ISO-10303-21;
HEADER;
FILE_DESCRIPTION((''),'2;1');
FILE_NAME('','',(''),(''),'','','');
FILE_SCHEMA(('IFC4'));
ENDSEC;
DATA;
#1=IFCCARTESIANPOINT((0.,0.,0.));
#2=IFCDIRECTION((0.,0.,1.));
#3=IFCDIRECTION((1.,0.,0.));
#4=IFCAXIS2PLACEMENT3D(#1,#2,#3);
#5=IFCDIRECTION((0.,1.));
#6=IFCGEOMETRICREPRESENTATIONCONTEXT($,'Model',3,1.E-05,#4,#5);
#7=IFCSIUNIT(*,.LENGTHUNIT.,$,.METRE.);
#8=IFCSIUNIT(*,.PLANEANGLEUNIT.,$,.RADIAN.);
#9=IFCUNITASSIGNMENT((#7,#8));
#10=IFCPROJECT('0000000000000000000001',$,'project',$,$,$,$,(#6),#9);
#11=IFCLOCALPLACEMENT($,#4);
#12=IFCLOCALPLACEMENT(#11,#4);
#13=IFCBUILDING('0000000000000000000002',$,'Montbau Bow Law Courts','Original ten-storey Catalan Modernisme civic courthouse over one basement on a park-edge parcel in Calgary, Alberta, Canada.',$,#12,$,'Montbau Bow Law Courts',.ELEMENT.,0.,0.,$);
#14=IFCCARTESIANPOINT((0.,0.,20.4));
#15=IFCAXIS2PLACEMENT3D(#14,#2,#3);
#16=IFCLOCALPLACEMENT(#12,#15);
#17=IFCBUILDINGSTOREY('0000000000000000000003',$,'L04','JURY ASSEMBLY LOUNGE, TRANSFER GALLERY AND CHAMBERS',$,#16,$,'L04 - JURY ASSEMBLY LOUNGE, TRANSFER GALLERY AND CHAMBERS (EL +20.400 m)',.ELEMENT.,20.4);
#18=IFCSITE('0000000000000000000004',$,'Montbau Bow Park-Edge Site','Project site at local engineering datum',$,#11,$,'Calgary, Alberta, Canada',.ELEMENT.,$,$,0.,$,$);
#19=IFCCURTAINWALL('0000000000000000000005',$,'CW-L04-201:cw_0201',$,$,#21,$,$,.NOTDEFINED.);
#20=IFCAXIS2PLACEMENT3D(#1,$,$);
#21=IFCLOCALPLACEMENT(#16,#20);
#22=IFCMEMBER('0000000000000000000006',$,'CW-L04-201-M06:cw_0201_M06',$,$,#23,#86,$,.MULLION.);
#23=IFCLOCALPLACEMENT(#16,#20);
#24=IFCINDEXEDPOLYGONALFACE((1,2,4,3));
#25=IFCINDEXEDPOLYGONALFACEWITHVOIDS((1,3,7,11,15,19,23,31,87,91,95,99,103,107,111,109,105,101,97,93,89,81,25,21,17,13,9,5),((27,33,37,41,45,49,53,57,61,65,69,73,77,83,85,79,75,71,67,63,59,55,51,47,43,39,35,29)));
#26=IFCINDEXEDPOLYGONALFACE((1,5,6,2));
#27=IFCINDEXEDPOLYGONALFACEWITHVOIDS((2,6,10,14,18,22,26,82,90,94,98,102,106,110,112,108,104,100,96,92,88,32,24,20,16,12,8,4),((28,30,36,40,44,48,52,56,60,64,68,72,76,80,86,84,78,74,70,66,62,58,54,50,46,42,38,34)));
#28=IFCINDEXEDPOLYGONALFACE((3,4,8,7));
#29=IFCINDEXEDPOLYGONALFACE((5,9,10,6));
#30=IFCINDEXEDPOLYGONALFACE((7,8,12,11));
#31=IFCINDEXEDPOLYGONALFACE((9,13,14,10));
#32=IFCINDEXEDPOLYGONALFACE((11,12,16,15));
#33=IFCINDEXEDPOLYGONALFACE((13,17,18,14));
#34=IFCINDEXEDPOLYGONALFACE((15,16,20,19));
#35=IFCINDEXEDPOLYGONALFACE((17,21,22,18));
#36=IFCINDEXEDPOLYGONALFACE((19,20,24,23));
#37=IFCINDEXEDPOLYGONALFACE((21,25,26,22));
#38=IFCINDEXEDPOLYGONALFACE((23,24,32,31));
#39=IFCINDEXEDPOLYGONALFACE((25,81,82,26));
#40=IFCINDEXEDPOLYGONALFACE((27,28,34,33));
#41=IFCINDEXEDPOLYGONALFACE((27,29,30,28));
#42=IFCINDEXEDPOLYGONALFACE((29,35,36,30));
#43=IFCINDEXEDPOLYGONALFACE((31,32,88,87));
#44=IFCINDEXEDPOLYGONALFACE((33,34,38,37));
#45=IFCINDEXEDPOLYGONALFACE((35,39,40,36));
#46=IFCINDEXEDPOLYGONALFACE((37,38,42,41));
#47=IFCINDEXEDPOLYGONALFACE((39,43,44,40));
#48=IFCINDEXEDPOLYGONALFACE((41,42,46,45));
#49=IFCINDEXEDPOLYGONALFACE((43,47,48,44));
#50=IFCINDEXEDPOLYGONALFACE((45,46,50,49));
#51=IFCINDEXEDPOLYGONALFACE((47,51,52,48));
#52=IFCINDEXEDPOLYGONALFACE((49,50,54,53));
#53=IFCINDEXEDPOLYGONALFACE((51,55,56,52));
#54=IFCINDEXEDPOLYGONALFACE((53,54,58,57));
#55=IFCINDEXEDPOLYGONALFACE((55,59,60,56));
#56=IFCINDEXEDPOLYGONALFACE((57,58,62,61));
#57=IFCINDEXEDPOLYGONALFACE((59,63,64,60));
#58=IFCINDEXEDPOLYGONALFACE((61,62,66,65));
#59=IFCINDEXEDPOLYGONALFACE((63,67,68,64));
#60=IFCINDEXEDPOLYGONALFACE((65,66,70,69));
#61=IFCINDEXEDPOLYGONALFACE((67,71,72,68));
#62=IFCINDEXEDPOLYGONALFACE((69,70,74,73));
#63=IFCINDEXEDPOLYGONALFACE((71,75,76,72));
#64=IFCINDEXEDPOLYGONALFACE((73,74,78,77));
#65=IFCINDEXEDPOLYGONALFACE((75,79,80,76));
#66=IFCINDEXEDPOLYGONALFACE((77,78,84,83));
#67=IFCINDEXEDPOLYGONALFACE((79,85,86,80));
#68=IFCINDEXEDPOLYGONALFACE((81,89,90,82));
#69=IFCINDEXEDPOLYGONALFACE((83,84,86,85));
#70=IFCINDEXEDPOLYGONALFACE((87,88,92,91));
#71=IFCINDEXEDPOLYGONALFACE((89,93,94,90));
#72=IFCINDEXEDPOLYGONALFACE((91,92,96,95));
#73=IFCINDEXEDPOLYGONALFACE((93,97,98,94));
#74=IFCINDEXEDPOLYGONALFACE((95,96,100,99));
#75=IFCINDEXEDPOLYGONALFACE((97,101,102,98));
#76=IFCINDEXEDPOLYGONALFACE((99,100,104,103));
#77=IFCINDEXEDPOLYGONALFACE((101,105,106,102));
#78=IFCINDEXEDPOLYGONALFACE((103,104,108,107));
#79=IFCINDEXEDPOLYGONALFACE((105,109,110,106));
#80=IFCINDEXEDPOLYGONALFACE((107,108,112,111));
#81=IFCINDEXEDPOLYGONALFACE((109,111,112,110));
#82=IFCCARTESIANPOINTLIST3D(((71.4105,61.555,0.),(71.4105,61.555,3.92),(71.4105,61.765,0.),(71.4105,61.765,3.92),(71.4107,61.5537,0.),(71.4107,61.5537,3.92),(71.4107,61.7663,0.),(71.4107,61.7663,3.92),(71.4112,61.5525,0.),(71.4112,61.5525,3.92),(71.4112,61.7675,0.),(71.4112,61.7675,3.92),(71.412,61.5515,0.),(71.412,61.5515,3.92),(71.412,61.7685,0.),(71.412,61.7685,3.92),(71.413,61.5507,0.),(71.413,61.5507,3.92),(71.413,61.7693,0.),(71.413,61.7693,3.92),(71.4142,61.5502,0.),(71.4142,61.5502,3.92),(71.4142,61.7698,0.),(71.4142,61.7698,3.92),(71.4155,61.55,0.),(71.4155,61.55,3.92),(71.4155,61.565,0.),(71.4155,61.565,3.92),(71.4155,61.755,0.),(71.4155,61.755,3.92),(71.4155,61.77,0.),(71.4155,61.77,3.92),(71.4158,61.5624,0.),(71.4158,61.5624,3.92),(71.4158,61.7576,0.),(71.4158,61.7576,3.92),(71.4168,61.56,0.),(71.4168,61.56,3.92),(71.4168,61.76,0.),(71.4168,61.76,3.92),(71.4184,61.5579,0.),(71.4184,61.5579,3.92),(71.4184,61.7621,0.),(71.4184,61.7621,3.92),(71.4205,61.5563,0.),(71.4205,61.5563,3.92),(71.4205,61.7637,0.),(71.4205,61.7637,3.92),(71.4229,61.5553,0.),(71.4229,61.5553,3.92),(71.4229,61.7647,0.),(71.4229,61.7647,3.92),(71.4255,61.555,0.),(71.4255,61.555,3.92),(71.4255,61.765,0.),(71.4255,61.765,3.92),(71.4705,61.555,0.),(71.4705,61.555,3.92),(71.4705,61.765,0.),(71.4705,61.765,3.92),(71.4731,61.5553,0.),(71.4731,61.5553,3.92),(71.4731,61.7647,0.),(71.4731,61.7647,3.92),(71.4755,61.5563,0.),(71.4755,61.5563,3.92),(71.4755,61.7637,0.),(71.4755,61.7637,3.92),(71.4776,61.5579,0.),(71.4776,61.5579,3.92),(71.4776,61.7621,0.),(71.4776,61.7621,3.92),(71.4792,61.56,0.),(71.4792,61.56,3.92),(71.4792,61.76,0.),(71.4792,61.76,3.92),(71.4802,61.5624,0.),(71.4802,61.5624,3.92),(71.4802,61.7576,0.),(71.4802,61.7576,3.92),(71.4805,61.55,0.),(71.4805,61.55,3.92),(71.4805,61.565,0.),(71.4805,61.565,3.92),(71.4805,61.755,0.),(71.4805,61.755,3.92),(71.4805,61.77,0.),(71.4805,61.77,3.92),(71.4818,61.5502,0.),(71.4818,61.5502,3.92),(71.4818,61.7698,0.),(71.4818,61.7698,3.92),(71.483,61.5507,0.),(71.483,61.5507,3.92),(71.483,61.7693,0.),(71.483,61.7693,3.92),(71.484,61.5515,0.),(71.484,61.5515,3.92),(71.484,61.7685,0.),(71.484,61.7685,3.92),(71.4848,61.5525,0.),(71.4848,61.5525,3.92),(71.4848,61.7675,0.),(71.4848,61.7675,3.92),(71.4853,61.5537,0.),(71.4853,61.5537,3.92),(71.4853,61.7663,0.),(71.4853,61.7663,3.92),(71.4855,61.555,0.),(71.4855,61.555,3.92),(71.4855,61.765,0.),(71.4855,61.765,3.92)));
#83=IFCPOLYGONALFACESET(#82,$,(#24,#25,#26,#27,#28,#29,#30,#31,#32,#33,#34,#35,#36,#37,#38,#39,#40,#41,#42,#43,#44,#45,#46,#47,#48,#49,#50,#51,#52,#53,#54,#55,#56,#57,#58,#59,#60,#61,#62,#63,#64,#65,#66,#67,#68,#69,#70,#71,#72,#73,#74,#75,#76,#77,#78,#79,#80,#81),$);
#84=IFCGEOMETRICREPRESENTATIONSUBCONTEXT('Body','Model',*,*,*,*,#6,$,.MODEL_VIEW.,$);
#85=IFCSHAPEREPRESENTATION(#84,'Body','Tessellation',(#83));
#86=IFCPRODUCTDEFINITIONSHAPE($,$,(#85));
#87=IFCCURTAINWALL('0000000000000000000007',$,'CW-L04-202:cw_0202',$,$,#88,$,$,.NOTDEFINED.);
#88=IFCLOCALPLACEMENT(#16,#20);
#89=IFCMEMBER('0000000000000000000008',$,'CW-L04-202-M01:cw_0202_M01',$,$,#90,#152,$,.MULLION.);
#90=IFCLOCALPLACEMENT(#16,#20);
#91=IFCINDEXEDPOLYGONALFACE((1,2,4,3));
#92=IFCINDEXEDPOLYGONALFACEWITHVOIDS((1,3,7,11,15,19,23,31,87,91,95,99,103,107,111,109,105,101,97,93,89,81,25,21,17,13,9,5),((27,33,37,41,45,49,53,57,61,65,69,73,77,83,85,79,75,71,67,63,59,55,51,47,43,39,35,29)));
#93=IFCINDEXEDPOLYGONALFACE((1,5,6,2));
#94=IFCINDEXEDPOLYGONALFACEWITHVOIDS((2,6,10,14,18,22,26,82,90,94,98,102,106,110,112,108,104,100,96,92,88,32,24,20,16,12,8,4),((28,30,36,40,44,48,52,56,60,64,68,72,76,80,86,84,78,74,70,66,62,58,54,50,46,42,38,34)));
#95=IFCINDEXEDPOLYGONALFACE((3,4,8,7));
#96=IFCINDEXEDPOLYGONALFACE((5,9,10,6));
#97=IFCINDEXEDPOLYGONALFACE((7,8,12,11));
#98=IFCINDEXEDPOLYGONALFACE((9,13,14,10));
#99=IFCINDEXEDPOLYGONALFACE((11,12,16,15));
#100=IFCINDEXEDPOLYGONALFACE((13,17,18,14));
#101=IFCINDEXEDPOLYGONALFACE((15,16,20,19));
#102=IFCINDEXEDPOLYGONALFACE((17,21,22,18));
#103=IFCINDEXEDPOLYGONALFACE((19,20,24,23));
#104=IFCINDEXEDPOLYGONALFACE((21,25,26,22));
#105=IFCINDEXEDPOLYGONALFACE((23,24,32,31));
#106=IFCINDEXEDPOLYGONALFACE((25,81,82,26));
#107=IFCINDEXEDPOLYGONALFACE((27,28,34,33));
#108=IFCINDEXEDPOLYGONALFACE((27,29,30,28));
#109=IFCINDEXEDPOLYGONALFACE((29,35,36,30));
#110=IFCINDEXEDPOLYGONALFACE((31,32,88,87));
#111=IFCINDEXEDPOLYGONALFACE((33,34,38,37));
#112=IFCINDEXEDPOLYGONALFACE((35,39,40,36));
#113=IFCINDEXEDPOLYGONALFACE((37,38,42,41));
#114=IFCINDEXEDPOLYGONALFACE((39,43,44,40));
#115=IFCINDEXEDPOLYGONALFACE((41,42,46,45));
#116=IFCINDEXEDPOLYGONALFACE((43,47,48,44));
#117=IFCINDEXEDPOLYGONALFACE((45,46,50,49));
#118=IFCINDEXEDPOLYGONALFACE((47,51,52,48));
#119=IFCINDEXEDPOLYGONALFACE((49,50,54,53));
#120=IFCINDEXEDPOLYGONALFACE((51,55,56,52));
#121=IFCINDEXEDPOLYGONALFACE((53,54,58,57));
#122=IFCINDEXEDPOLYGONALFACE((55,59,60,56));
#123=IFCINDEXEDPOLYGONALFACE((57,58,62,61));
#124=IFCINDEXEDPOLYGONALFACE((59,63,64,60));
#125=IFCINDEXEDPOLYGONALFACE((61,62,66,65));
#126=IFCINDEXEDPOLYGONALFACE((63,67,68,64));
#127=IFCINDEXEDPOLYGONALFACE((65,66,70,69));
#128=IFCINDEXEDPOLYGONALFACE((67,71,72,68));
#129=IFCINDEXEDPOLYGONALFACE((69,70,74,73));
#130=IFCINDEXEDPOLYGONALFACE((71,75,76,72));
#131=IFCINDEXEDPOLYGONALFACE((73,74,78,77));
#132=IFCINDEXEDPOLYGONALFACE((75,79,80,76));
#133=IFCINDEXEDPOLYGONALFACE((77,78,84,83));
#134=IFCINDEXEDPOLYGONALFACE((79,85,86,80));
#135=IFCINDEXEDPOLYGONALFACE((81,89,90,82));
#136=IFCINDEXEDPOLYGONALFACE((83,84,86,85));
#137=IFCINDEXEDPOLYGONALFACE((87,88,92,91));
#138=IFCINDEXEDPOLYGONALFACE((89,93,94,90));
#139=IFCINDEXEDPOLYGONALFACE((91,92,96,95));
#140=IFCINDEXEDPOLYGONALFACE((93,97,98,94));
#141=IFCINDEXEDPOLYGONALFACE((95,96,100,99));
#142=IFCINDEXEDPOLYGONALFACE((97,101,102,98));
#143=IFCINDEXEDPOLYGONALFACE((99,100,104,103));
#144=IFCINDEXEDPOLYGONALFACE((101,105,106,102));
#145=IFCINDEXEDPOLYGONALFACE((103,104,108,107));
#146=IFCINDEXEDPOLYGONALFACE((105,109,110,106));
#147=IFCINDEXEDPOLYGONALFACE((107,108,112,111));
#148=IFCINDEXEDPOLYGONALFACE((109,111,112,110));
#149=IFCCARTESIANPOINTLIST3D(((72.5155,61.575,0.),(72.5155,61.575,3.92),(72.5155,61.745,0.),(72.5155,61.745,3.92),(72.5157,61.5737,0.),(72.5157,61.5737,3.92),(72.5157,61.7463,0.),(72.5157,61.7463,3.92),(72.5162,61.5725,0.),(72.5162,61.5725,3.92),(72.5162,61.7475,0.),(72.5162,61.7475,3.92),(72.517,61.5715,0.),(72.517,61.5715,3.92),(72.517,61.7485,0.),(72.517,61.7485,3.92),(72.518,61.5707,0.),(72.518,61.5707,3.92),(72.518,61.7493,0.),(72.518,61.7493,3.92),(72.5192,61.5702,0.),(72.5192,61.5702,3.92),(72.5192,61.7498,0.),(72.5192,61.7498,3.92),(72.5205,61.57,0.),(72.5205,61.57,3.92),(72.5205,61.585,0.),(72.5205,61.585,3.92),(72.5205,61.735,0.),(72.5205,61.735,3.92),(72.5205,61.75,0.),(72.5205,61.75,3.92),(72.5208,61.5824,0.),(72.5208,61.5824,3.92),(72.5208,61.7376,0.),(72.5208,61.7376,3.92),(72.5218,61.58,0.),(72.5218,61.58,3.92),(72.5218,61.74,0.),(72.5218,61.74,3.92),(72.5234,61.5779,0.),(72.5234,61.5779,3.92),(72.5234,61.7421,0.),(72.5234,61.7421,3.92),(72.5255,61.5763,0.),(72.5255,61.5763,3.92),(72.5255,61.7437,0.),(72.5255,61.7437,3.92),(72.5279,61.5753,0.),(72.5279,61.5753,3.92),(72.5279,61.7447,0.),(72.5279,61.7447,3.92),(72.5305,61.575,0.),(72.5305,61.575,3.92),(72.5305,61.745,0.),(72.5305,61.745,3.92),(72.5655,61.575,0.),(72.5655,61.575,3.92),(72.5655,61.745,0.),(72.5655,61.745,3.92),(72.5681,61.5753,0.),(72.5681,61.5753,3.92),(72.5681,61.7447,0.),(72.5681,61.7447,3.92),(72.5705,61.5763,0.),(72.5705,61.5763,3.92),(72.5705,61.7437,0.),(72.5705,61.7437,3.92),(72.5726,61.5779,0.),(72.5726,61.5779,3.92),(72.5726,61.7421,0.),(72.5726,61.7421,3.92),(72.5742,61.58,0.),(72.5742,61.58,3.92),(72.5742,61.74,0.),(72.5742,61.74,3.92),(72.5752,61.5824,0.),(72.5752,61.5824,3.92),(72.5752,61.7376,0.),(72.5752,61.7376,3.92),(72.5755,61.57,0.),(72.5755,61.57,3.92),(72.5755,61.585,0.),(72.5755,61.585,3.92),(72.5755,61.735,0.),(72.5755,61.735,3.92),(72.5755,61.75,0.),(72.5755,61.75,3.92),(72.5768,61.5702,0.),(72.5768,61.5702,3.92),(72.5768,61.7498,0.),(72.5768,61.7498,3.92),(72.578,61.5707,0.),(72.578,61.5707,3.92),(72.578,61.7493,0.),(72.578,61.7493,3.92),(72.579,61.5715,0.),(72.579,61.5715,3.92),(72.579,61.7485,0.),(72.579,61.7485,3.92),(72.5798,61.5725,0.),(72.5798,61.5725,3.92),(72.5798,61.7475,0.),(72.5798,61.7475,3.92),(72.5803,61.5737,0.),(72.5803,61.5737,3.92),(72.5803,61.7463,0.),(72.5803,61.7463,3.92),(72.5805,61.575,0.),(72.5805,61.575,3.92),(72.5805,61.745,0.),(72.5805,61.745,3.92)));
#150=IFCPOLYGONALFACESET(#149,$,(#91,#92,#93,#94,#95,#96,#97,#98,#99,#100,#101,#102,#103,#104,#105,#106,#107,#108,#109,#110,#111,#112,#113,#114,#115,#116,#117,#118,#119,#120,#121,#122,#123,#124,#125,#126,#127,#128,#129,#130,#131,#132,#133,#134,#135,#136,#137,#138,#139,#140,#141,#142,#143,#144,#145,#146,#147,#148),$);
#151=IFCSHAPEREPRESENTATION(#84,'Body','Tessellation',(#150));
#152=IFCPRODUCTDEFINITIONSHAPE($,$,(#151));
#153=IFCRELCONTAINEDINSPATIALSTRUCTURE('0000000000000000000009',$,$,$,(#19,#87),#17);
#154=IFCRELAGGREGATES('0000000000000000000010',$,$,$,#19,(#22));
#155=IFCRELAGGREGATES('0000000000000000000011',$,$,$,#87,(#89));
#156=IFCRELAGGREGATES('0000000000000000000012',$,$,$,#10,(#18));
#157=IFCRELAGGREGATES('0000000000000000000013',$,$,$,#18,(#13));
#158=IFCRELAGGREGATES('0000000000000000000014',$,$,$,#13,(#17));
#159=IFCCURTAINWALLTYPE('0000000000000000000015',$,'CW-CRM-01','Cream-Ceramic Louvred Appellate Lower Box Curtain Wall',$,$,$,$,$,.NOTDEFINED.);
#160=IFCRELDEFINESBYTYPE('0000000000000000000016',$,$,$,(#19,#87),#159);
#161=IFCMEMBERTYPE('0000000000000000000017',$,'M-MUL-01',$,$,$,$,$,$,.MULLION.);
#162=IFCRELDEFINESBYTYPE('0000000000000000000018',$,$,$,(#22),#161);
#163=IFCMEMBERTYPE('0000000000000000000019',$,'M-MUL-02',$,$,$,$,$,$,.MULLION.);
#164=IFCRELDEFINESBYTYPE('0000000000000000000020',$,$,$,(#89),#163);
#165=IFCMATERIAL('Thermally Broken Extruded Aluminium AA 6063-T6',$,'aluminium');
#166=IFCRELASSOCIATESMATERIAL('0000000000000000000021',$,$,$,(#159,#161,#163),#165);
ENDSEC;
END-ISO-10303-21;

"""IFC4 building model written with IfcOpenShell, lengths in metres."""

from ifc_helpers import new_model, si_unit, direction, frame, origin_with_axes, origin_2d_with_axis, place, context, subcontext, project, spatial, hollow_rectangle, extrude, material, material_profile, profile_set, type_object, element, aggregate, save


model = new_model("IFC4")

# Units and contexts
model_context = context("Model", 3, precision=1e-05, world=origin_with_axes(), true_north=direction((0.0, 1.0)))
body_context = subcontext(model_context, "Body", "Model", "MODEL_VIEW")
ifc_project = project(units=[si_unit("LENGTHUNIT", "METRE"), si_unit("PLANEANGLEUNIT", "RADIAN")], contexts=[model_context])

# Site, building, storey
site_placement = place(None, origin_with_axes())
site = spatial("IfcSite", under=ifc_project, at=site_placement, Name="Montbau Bow Park-Edge Site", Description="Project site at local engineering datum", LongName="Calgary, Alberta, Canada", CompositionType="ELEMENT", RefElevation=0.0)
building_placement = place(site_placement, origin_with_axes())
building = spatial("IfcBuilding", under=site, at=building_placement, Name="Montbau Bow Law Courts", Description="Original ten-storey Catalan Modernisme civic courthouse over one basement on a park-edge parcel in Calgary, Alberta, Canada.", LongName="Montbau Bow Law Courts", CompositionType="ELEMENT", ElevationOfRefHeight=0.0, ElevationOfTerrain=0.0)
storey_placement = place(building_placement, frame((0.0, 0.0, 20.4), z_axis=(0.0, 0.0, 1.0), x_axis=(1.0, 0.0, 0.0)))
storey = spatial("IfcBuildingStorey", under=building, at=storey_placement, Name="L04", Description="JURY ASSEMBLY LOUNGE, TRANSFER GALLERY AND CHAMBERS", LongName="L04 - JURY ASSEMBLY LOUNGE, TRANSFER GALLERY AND CHAMBERS (EL +20.400 m)", CompositionType="ELEMENT", Elevation=20.4)

# Curtain walls, members
ifc_material_1 = material(Name="Thermally Broken Extruded Aluminium AA 6063-T6", Category="aluminium")
curtain_wall_type = type_object("IfcCurtainWallType", Name="CW-CRM-01", Description="Cream-Ceramic Louvred Appellate Lower Box Curtain Wall", PredefinedType="NOTDEFINED", material=ifc_material_1)
curtain_wall_1_placement = place(None, frame((64.115, 61.66, 20.4), z_axis=(0.0, 0.0, 1.0), x_axis=(1.0, 0.0, 0.0)))
curtain_wall_1 = element("IfcCurtainWall", 1, at=curtain_wall_1_placement, inside=storey, type_object=curtain_wall_type, Name="CW-L04-201:cw_0201", PredefinedType="NOTDEFINED")
ifc_material_profile_1 = material_profile(ifc_material_1, hollow_rectangle(XDim=0.075, YDim=0.22, WallThickness=0.005, InnerFilletRadius=0.01, OuterFilletRadius=0.005, at=origin_2d_with_axis()), Name="CWM-220X75", Category="Main", Priority=0)
ifc_profile_set_1 = profile_set([ifc_material_profile_1], Name="Thermally Broken Extruded Aluminium AA 6063-T6")
member_type_1 = type_object("IfcMemberType", Name="M-MUL-01", PredefinedType="MULLION", material=ifc_profile_set_1)
member_1_placement = place(None, frame((71.448, 61.66, 20.4), z_axis=(0.0, 0.0, 1.0), x_axis=(1.0, 0.0, 0.0)))
member_1 = element("IfcMember", 2, at=member_1_placement, type_object=member_type_1, Name="CW-L04-201-M06:cw_0201_M06", PredefinedType="MULLION", context=body_context, shape_type="SweptSolid", body=[
    extrude(hollow_rectangle(XDim=0.075, YDim=0.22, WallThickness=0.005, InnerFilletRadius=0.01, OuterFilletRadius=0.005, at=origin_2d_with_axis()), origin_with_axes(), (0.0, 0.0, 1.0), 3.92),
])
curtain_wall_2_placement = place(None, frame((72.515, 61.66, 20.4), z_axis=(0.0, 0.0, 1.0), x_axis=(1.0, 0.0, 0.0)))
curtain_wall_2 = element("IfcCurtainWall", 3, at=curtain_wall_2_placement, inside=storey, type_object=curtain_wall_type, Name="CW-L04-202:cw_0202", PredefinedType="NOTDEFINED")
ifc_material_profile_2 = material_profile(ifc_material_1, hollow_rectangle(XDim=0.065, YDim=0.18, WallThickness=0.005, InnerFilletRadius=0.01, OuterFilletRadius=0.005, at=origin_2d_with_axis()), Name="CWM-180X65", Category="Main", Priority=0)
ifc_profile_set_2 = profile_set([ifc_material_profile_2], Name="Thermally Broken Extruded Aluminium AA 6063-T6")
member_type_2 = type_object("IfcMemberType", Name="M-MUL-02", PredefinedType="MULLION", material=ifc_profile_set_2)
member_2_placement = place(None, frame((72.548, 61.66, 20.4), z_axis=(0.0, 0.0, 1.0), x_axis=(1.0, 0.0, 0.0)))
member_2 = element("IfcMember", 4, at=member_2_placement, type_object=member_type_2, Name="CW-L04-202-M01:cw_0202_M01", PredefinedType="MULLION", context=body_context, shape_type="SweptSolid", body=[
    extrude(hollow_rectangle(XDim=0.065, YDim=0.18, WallThickness=0.005, InnerFilletRadius=0.01, OuterFilletRadius=0.005, at=origin_2d_with_axis()), origin_with_axes(), (0.0, 0.0, 1.0), 3.92),
])

aggregate(curtain_wall_1, [member_1])
aggregate(curtain_wall_2, [member_2])

save(model, "model.ifc")
